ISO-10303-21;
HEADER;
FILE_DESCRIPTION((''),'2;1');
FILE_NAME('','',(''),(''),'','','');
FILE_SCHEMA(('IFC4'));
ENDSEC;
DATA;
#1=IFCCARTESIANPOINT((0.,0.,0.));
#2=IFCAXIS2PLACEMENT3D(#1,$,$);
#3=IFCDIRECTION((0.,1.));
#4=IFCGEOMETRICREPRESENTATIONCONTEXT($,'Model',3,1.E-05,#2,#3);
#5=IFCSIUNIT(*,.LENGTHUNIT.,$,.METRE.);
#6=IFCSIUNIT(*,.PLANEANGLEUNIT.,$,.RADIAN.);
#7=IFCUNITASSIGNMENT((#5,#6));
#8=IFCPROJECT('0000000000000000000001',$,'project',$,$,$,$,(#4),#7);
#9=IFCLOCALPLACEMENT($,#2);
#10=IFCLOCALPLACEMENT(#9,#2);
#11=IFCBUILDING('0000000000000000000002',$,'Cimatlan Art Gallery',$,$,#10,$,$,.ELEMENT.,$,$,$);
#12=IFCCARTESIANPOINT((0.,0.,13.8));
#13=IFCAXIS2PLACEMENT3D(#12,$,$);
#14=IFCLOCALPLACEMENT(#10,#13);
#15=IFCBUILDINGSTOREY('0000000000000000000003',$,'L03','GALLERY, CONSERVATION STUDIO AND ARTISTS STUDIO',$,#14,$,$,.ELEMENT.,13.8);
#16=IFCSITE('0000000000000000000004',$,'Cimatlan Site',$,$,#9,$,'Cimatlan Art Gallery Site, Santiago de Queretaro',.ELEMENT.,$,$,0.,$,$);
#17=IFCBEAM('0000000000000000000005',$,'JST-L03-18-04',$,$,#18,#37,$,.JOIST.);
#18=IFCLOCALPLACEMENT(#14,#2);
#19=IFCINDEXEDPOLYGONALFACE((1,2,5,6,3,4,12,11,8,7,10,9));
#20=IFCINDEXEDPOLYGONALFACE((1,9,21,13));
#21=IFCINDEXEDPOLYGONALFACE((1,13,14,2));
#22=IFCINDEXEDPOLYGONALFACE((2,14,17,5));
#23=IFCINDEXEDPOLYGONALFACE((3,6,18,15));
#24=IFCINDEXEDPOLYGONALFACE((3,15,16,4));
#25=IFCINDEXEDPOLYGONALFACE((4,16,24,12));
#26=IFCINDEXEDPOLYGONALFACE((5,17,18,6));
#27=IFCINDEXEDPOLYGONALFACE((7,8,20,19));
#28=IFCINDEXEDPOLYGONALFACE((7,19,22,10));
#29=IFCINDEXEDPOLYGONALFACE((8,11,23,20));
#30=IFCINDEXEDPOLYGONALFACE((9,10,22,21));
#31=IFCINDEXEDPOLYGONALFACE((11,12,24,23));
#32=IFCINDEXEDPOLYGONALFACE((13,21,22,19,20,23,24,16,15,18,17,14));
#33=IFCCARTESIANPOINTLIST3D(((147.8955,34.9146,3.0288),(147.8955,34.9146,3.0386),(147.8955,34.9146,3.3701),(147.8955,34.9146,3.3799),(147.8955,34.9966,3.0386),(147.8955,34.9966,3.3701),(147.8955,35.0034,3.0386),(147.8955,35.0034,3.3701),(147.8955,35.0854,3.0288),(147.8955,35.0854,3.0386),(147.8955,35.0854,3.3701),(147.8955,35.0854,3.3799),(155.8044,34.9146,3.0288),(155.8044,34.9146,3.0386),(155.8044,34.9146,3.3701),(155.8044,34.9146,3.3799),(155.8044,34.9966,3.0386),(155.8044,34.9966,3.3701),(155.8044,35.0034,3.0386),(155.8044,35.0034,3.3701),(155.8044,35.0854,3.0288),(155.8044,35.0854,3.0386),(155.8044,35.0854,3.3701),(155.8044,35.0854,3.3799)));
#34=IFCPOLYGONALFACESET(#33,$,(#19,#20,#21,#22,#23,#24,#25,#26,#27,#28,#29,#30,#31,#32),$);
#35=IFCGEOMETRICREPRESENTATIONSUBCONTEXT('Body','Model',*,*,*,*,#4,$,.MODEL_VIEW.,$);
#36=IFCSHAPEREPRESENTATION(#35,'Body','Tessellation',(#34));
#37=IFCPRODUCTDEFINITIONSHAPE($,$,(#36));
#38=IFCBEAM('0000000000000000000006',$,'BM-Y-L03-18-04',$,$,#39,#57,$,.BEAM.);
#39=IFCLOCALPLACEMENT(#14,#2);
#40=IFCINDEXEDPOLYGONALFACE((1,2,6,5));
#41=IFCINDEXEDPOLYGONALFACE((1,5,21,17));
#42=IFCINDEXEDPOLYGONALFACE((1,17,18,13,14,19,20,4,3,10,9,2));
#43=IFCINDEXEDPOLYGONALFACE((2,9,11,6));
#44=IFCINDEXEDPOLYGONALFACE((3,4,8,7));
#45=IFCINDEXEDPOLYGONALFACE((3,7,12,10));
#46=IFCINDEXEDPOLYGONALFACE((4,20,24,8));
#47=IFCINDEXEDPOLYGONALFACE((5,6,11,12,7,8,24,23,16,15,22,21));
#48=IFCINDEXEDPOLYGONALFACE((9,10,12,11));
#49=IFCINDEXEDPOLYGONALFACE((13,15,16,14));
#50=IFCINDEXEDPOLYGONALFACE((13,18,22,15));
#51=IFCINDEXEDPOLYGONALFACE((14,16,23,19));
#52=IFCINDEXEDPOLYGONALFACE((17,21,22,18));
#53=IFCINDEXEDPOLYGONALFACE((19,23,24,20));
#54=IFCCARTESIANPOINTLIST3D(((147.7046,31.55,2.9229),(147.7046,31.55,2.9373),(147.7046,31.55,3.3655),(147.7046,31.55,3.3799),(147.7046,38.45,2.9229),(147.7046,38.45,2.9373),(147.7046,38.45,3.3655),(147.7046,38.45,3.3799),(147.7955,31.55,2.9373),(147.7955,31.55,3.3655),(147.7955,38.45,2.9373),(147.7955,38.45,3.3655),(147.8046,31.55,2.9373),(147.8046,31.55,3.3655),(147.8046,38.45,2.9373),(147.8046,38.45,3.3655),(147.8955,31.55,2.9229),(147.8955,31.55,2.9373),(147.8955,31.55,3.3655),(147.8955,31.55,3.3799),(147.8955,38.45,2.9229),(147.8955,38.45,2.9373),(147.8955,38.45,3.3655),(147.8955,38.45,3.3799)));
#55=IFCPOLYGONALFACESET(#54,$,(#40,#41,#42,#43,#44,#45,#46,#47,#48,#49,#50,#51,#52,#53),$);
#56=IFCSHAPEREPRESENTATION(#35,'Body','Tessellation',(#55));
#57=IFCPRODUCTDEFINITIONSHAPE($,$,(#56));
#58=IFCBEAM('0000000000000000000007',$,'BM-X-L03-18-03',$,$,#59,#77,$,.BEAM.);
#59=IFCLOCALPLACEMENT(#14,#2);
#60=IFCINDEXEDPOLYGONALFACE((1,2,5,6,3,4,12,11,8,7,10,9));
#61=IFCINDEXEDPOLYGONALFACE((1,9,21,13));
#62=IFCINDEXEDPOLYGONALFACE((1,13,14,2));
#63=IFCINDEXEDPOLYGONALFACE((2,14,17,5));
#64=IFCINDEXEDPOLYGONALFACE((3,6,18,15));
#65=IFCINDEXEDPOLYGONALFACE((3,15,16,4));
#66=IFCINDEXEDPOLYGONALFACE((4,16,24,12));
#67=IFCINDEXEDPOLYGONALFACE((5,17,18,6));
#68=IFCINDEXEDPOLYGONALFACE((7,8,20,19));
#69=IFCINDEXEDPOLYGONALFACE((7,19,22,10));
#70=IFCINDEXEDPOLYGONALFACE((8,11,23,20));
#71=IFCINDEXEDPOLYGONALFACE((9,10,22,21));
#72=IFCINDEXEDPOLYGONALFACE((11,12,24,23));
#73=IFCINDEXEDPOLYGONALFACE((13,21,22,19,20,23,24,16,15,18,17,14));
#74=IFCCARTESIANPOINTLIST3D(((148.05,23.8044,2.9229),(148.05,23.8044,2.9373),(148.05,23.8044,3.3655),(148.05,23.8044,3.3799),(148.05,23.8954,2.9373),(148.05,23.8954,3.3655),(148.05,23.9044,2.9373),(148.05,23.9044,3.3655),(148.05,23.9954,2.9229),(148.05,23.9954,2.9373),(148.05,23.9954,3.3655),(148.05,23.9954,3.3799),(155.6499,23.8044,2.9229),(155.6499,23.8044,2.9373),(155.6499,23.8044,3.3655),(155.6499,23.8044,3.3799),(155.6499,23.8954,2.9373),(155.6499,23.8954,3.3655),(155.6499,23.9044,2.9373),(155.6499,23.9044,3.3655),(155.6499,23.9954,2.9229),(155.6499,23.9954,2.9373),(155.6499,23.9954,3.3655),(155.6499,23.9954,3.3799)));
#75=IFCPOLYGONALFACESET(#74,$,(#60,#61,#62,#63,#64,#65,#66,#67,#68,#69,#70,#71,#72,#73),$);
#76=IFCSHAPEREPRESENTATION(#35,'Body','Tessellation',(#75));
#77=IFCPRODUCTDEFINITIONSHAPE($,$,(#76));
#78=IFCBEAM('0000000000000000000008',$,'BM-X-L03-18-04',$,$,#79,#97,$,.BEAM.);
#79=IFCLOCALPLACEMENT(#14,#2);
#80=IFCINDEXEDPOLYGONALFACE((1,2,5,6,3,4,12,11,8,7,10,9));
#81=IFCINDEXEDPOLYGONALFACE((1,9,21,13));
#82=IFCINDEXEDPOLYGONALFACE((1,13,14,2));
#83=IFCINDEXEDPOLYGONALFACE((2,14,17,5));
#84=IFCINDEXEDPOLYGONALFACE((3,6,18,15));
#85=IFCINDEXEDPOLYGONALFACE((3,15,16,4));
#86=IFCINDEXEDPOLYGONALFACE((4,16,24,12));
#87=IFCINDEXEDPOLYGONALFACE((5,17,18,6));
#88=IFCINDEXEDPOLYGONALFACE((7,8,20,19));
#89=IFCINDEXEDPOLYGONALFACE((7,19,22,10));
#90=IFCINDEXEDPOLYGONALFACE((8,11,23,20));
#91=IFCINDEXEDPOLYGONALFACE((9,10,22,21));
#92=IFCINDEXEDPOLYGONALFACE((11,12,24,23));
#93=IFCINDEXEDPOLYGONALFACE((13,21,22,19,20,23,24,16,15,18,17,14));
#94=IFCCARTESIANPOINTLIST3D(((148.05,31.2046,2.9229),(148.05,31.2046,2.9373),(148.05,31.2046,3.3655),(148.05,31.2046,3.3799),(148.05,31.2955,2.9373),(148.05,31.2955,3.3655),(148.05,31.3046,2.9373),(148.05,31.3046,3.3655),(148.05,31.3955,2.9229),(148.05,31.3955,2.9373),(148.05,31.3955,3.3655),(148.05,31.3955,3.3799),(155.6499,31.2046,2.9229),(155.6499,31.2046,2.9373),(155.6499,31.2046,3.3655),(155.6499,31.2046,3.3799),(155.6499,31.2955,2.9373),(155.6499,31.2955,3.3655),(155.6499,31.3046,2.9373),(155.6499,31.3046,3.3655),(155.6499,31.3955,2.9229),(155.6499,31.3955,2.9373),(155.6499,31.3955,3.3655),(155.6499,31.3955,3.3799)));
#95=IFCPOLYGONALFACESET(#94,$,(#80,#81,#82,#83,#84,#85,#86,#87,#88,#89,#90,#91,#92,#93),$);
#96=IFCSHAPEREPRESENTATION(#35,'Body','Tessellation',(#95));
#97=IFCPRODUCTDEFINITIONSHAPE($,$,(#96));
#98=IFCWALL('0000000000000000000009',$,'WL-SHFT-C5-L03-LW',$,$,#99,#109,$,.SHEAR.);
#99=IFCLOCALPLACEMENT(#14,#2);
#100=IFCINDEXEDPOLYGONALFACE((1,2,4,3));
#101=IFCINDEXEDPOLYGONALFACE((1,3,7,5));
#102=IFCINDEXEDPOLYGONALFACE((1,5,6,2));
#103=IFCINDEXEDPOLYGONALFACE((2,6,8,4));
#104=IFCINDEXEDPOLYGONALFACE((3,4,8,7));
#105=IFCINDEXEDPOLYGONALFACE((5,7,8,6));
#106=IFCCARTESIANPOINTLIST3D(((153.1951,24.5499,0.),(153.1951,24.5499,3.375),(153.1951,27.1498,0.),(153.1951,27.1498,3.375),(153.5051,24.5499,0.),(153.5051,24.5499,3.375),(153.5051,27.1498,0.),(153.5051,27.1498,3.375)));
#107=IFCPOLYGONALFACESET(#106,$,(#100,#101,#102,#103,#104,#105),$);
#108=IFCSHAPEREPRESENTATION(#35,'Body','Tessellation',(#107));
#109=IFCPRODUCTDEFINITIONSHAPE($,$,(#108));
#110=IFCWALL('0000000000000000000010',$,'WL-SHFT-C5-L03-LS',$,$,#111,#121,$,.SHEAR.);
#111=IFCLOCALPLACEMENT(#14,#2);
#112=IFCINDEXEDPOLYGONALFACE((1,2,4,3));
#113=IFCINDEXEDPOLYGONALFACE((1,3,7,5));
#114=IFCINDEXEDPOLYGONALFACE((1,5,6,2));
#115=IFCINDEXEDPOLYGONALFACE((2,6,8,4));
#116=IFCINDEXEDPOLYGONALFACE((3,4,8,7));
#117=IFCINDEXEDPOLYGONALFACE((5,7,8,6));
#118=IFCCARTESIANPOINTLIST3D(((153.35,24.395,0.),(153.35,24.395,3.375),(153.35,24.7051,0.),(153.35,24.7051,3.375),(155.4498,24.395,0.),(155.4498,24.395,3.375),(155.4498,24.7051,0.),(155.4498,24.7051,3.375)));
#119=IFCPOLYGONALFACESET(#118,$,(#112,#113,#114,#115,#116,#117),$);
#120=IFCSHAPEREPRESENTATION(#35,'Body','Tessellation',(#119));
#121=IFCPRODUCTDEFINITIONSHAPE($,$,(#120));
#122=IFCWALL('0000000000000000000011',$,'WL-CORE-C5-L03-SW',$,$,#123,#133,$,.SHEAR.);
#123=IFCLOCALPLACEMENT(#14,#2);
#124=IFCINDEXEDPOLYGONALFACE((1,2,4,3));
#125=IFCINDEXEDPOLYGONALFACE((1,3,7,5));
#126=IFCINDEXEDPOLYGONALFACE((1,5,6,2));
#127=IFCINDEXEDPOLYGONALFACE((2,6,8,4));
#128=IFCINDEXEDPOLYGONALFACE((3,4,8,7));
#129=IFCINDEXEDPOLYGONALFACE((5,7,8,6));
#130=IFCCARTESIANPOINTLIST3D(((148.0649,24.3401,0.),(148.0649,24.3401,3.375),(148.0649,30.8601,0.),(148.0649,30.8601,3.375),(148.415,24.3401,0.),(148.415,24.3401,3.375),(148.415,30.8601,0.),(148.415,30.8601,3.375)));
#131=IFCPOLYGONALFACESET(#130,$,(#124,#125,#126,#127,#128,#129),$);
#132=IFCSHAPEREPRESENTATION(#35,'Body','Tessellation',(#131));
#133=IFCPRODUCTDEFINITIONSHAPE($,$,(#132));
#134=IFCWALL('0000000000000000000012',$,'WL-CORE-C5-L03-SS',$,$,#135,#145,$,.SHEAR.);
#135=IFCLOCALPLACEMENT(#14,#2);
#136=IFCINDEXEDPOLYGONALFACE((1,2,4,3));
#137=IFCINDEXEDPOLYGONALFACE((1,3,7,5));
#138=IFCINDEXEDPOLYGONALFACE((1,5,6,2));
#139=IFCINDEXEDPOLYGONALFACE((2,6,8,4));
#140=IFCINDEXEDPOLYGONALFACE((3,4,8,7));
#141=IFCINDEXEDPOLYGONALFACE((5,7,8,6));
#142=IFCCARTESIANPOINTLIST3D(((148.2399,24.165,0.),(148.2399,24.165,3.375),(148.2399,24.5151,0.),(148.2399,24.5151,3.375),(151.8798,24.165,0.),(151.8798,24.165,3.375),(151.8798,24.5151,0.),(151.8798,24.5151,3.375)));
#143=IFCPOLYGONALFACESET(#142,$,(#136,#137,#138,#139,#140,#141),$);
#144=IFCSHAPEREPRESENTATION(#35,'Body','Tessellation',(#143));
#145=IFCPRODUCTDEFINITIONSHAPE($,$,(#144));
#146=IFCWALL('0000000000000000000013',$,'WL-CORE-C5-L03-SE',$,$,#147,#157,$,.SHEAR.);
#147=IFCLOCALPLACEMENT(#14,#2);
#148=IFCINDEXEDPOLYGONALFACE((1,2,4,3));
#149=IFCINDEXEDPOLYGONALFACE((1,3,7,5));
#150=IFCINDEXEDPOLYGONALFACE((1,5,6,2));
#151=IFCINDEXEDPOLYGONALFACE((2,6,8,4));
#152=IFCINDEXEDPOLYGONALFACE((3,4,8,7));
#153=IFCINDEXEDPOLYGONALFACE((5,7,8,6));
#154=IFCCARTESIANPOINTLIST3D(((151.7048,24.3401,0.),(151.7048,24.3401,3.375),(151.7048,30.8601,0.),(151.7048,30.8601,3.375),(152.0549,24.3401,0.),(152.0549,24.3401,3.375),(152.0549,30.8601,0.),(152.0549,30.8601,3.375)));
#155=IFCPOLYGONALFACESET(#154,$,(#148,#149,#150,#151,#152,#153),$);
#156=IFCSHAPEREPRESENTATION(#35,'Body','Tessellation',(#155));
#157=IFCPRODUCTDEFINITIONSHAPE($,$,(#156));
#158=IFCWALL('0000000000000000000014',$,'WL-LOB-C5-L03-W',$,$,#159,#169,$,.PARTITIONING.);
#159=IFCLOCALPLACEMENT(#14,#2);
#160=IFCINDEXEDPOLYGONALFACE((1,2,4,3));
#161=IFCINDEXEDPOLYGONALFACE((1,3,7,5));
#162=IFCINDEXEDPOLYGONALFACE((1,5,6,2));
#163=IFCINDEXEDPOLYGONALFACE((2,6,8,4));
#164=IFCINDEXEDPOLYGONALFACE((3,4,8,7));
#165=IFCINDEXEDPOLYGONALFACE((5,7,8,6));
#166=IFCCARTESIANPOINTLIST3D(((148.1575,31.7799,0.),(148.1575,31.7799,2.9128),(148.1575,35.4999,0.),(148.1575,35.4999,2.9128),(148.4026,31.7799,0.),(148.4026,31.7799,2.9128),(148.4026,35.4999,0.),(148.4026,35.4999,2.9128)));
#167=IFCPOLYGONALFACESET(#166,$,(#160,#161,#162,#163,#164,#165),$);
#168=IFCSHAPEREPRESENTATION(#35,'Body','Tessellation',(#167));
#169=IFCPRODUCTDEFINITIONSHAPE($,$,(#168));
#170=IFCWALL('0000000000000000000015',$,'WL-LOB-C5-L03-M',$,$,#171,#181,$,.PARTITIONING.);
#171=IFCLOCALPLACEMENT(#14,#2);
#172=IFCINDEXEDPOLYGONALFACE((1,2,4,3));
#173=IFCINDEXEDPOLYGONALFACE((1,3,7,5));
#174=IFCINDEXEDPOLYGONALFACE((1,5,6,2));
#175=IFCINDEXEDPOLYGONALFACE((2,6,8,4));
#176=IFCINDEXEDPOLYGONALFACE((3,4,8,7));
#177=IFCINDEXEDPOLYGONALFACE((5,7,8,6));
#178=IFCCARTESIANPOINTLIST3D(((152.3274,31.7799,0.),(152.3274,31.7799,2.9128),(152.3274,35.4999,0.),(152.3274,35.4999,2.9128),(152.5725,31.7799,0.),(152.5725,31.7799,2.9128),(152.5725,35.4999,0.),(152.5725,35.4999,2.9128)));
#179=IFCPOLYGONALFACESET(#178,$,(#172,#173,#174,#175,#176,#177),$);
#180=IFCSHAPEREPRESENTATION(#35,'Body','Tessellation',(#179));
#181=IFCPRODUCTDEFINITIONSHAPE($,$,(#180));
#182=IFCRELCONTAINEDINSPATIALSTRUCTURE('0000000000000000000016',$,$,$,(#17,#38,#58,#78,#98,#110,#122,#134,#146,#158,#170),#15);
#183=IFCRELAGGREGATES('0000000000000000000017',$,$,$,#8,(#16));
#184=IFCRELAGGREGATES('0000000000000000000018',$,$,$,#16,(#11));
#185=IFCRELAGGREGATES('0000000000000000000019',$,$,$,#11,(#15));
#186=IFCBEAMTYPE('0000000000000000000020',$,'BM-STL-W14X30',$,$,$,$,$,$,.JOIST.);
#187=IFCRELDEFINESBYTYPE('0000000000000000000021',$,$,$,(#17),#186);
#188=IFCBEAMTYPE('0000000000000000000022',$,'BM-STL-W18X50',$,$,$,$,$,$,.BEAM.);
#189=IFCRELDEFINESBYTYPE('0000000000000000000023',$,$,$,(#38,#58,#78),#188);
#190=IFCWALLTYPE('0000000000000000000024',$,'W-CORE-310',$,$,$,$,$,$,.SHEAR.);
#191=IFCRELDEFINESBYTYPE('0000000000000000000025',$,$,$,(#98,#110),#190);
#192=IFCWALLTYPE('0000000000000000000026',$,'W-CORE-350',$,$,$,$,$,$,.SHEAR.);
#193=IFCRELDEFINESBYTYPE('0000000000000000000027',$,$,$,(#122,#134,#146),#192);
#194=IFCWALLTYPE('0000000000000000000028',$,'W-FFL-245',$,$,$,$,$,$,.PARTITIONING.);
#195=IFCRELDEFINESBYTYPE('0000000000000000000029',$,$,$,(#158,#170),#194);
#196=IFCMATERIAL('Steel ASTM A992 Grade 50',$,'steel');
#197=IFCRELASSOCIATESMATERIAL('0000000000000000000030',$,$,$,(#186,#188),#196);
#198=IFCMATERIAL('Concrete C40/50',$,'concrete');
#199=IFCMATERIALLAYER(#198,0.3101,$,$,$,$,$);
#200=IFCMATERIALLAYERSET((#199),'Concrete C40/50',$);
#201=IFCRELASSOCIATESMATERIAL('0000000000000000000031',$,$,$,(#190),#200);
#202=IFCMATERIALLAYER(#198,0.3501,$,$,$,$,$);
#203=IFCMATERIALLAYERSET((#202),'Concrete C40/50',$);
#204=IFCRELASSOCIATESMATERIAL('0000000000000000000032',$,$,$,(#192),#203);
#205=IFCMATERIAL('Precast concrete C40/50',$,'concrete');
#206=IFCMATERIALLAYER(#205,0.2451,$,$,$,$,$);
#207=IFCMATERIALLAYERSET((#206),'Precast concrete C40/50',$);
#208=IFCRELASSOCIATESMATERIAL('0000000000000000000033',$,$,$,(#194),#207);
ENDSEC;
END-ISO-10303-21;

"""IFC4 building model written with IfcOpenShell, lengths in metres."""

from ifc_helpers import new_model, si_unit, direction, frame, frame_2d, origin, origin_2d, place, context, subcontext, project, spatial, rectangle, i_section, extrude, material, layer, layer_set, material_profile, profile_set, type_object, element, save


model = new_model("IFC4")

# Units and contexts
model_context = context("Model", 3, precision=1e-05, world=origin(), true_north=direction((0.0, 1.0)))
body_context = subcontext(model_context, "Body", "Model", "MODEL_VIEW")
ifc_project = project(units=[si_unit("LENGTHUNIT", "METRE"), si_unit("PLANEANGLEUNIT", "RADIAN")], contexts=[model_context])

# Site, building, storey
site_placement = place(None, origin())
site = spatial("IfcSite", under=ifc_project, at=site_placement, Name="Cimatlan Site", LongName="Cimatlan Art Gallery Site, Santiago de Queretaro", CompositionType="ELEMENT", RefElevation=0.0)
building_placement = place(site_placement, origin())
building = spatial("IfcBuilding", under=site, at=building_placement, Name="Cimatlan Art Gallery", CompositionType="ELEMENT")
storey_placement = place(building_placement, frame((0.0, 0.0, 13.8)))
storey = spatial("IfcBuildingStorey", under=building, at=storey_placement, Name="L03", Description="GALLERY, CONSERVATION STUDIO AND ARTISTS STUDIO", CompositionType="ELEMENT", Elevation=13.8)

# Beams
ifc_material_1 = material(Name="Steel ASTM A992 Grade 50", Category="steel")
ifc_material_profile_1 = material_profile(ifc_material_1, i_section(OverallWidth=0.1709, OverallDepth=0.3511, WebThickness=0.0068, FlangeThickness=0.0098, at=origin_2d()), Name="W14X30")
ifc_profile_set_1 = profile_set([ifc_material_profile_1], Name="Steel ASTM A992 Grade 50")
beam_type_1 = type_object("IfcBeamType", Name="BM-STL-W14X30", PredefinedType="JOIST", material=ifc_profile_set_1)
beam_1_placement = place(storey_placement, frame((147.8955, 35.0, 3.2043), z_axis=(1.0, 0.0, 0.0), x_axis=(0.0, 1.0, 0.0)))
element("IfcBeam", 1, at=beam_1_placement, inside=storey, type_object=beam_type_1, Name="JST-L03-18-04", PredefinedType="JOIST", context=body_context, shape_type="SweptSolid", body=[
    extrude(i_section(OverallWidth=0.1709, OverallDepth=0.3511, WebThickness=0.0068, FlangeThickness=0.0098, at=origin_2d()), origin(), (0.0, 0.0, 1.0), 7.9089),
])
ifc_material_profile_2 = material_profile(ifc_material_1, i_section(OverallWidth=0.1909, OverallDepth=0.457, WebThickness=0.009, FlangeThickness=0.0144, at=origin_2d()), Name="W18X50")
ifc_profile_set_2 = profile_set([ifc_material_profile_2], Name="Steel ASTM A992 Grade 50")
beam_type_2 = type_object("IfcBeamType", Name="BM-STL-W18X50", PredefinedType="BEAM", material=ifc_profile_set_2)
beam_2_placement = place(storey_placement, frame((147.8, 31.55, 3.1514), z_axis=(0.0, 1.0, 0.0), x_axis=(-1.0, 0.0, 0.0)))
element("IfcBeam", 2, at=beam_2_placement, inside=storey, type_object=beam_type_2, Name="BM-Y-L03-18-04", PredefinedType="BEAM", context=body_context, shape_type="SweptSolid", body=[
    extrude(i_section(OverallWidth=0.1909, OverallDepth=0.457, WebThickness=0.009, FlangeThickness=0.0144, at=origin_2d()), origin(), (0.0, 0.0, 1.0), 6.8999),
])
for number, where, z_axis, x_axis, name in (
    (3, (148.05, 23.8999, 3.1514), (1.0, 0.0, 0.0), (0.0, 1.0, 0.0), "BM-X-L03-18-03"),
    (4, (148.05, 31.3, 3.1514), (1.0, 0.0, 0.0), (0.0, 1.0, 0.0), "BM-X-L03-18-04"),
):
    element("IfcBeam", number, at=place(storey_placement, frame(where, z_axis=z_axis, x_axis=x_axis)), inside=storey, type_object=beam_type_2, Name=name, PredefinedType="BEAM", context=body_context, shape_type="SweptSolid", body=[
        extrude(i_section(OverallWidth=0.1909, OverallDepth=0.457, WebThickness=0.009, FlangeThickness=0.0144, at=origin_2d()), origin(), (0.0, 0.0, 1.0), 7.5999),
    ])

# Walls
ifc_material_2 = material(Name="Concrete C40/50", Category="concrete")
ifc_layer_1 = layer(ifc_material_2, 0.3101)
ifc_layer_set_1 = layer_set([ifc_layer_1], Name="Concrete C40/50")
wall_type_1 = type_object("IfcWallType", Name="W-CORE-310", PredefinedType="SHEAR", material=ifc_layer_set_1)
wall_1_placement = place(storey_placement, frame((153.3501, 24.55, 0.0), z_axis=(0.0, 0.0, 1.0), x_axis=(0.0, 1.0, 0.0)))
element("IfcWall", 5, at=wall_1_placement, inside=storey, type_object=wall_type_1, Name="WL-SHFT-C5-L03-LW", PredefinedType="SHEAR", context=body_context, shape_type="SweptSolid", body=[
    extrude(rectangle(XDim=2.5999, YDim=0.3101, at=frame_2d((1.2998, 0.0))), origin(), (0.0, 0.0, 1.0), 3.375),
])
wall_2_placement = place(storey_placement, frame((153.3501, 24.55, 0.0), z_axis=(0.0, 0.0, 1.0), x_axis=(1.0, 0.0, 0.0)))
element("IfcWall", 6, at=wall_2_placement, inside=storey, type_object=wall_type_1, Name="WL-SHFT-C5-L03-LS", PredefinedType="SHEAR", context=body_context, shape_type="SweptSolid", body=[
    extrude(rectangle(XDim=2.0999, YDim=0.3101, at=frame_2d((1.0498, 0.0))), origin(), (0.0, 0.0, 1.0), 3.375),
])

# Walls
ifc_layer_2 = layer(ifc_material_2, 0.3501)
ifc_layer_set_2 = layer_set([ifc_layer_2], Name="Concrete C40/50")
wall_type_2 = type_object("IfcWallType", Name="W-CORE-350", PredefinedType="SHEAR", material=ifc_layer_set_2)
wall_3_placement = place(storey_placement, frame((148.24, 24.3401, 0.0), z_axis=(0.0, 0.0, 1.0), x_axis=(0.0, 1.0, 0.0)))
element("IfcWall", 7, at=wall_3_placement, inside=storey, type_object=wall_type_2, Name="WL-CORE-C5-L03-SW", PredefinedType="SHEAR", context=body_context, shape_type="SweptSolid", body=[
    extrude(rectangle(XDim=6.52, YDim=0.3501, at=frame_2d((3.26, 0.0))), origin(), (0.0, 0.0, 1.0), 3.375),
])
wall_4_placement = place(storey_placement, frame((148.24, 24.3401, 0.0), z_axis=(0.0, 0.0, 1.0), x_axis=(1.0, 0.0, 0.0)))
element("IfcWall", 8, at=wall_4_placement, inside=storey, type_object=wall_type_2, Name="WL-CORE-C5-L03-SS", PredefinedType="SHEAR", context=body_context, shape_type="SweptSolid", body=[
    extrude(rectangle(XDim=3.6399, YDim=0.3501, at=frame_2d((1.8198, 0.0))), origin(), (0.0, 0.0, 1.0), 3.375),
])
wall_5_placement = place(storey_placement, frame((151.8799, 24.3401, 0.0), z_axis=(0.0, 0.0, 1.0), x_axis=(0.0, 1.0, 0.0)))
element("IfcWall", 9, at=wall_5_placement, inside=storey, type_object=wall_type_2, Name="WL-CORE-C5-L03-SE", PredefinedType="SHEAR", context=body_context, shape_type="SweptSolid", body=[
    extrude(rectangle(XDim=6.52, YDim=0.3501, at=frame_2d((3.26, 0.0))), origin(), (0.0, 0.0, 1.0), 3.375),
])

# Walls
ifc_material_3 = material(Name="Precast concrete C40/50", Category="concrete")
ifc_layer_3 = layer(ifc_material_3, 0.2451)
ifc_layer_set_3 = layer_set([ifc_layer_3], Name="Precast concrete C40/50")
wall_type_3 = type_object("IfcWallType", Name="W-FFL-245", PredefinedType="PARTITIONING", material=ifc_layer_set_3)
for number, where, z_axis, x_axis, name in (
    (10, (148.28, 31.78, 0.0), (0.0, 0.0, 1.0), (0.0, 1.0, 0.0), "WL-LOB-C5-L03-W"),
    (11, (152.45, 31.78, 0.0), (0.0, 0.0, 1.0), (0.0, 1.0, 0.0), "WL-LOB-C5-L03-M"),
):
    element("IfcWall", number, at=place(storey_placement, frame(where, z_axis=z_axis, x_axis=x_axis)), inside=storey, type_object=wall_type_3, Name=name, PredefinedType="PARTITIONING", context=body_context, shape_type="SweptSolid", body=[
        extrude(rectangle(XDim=3.72, YDim=0.2451, at=frame_2d((1.8599, 0.0))), origin(), (0.0, 0.0, 1.0), 2.9128),
    ])

save(model, "model.ifc")
